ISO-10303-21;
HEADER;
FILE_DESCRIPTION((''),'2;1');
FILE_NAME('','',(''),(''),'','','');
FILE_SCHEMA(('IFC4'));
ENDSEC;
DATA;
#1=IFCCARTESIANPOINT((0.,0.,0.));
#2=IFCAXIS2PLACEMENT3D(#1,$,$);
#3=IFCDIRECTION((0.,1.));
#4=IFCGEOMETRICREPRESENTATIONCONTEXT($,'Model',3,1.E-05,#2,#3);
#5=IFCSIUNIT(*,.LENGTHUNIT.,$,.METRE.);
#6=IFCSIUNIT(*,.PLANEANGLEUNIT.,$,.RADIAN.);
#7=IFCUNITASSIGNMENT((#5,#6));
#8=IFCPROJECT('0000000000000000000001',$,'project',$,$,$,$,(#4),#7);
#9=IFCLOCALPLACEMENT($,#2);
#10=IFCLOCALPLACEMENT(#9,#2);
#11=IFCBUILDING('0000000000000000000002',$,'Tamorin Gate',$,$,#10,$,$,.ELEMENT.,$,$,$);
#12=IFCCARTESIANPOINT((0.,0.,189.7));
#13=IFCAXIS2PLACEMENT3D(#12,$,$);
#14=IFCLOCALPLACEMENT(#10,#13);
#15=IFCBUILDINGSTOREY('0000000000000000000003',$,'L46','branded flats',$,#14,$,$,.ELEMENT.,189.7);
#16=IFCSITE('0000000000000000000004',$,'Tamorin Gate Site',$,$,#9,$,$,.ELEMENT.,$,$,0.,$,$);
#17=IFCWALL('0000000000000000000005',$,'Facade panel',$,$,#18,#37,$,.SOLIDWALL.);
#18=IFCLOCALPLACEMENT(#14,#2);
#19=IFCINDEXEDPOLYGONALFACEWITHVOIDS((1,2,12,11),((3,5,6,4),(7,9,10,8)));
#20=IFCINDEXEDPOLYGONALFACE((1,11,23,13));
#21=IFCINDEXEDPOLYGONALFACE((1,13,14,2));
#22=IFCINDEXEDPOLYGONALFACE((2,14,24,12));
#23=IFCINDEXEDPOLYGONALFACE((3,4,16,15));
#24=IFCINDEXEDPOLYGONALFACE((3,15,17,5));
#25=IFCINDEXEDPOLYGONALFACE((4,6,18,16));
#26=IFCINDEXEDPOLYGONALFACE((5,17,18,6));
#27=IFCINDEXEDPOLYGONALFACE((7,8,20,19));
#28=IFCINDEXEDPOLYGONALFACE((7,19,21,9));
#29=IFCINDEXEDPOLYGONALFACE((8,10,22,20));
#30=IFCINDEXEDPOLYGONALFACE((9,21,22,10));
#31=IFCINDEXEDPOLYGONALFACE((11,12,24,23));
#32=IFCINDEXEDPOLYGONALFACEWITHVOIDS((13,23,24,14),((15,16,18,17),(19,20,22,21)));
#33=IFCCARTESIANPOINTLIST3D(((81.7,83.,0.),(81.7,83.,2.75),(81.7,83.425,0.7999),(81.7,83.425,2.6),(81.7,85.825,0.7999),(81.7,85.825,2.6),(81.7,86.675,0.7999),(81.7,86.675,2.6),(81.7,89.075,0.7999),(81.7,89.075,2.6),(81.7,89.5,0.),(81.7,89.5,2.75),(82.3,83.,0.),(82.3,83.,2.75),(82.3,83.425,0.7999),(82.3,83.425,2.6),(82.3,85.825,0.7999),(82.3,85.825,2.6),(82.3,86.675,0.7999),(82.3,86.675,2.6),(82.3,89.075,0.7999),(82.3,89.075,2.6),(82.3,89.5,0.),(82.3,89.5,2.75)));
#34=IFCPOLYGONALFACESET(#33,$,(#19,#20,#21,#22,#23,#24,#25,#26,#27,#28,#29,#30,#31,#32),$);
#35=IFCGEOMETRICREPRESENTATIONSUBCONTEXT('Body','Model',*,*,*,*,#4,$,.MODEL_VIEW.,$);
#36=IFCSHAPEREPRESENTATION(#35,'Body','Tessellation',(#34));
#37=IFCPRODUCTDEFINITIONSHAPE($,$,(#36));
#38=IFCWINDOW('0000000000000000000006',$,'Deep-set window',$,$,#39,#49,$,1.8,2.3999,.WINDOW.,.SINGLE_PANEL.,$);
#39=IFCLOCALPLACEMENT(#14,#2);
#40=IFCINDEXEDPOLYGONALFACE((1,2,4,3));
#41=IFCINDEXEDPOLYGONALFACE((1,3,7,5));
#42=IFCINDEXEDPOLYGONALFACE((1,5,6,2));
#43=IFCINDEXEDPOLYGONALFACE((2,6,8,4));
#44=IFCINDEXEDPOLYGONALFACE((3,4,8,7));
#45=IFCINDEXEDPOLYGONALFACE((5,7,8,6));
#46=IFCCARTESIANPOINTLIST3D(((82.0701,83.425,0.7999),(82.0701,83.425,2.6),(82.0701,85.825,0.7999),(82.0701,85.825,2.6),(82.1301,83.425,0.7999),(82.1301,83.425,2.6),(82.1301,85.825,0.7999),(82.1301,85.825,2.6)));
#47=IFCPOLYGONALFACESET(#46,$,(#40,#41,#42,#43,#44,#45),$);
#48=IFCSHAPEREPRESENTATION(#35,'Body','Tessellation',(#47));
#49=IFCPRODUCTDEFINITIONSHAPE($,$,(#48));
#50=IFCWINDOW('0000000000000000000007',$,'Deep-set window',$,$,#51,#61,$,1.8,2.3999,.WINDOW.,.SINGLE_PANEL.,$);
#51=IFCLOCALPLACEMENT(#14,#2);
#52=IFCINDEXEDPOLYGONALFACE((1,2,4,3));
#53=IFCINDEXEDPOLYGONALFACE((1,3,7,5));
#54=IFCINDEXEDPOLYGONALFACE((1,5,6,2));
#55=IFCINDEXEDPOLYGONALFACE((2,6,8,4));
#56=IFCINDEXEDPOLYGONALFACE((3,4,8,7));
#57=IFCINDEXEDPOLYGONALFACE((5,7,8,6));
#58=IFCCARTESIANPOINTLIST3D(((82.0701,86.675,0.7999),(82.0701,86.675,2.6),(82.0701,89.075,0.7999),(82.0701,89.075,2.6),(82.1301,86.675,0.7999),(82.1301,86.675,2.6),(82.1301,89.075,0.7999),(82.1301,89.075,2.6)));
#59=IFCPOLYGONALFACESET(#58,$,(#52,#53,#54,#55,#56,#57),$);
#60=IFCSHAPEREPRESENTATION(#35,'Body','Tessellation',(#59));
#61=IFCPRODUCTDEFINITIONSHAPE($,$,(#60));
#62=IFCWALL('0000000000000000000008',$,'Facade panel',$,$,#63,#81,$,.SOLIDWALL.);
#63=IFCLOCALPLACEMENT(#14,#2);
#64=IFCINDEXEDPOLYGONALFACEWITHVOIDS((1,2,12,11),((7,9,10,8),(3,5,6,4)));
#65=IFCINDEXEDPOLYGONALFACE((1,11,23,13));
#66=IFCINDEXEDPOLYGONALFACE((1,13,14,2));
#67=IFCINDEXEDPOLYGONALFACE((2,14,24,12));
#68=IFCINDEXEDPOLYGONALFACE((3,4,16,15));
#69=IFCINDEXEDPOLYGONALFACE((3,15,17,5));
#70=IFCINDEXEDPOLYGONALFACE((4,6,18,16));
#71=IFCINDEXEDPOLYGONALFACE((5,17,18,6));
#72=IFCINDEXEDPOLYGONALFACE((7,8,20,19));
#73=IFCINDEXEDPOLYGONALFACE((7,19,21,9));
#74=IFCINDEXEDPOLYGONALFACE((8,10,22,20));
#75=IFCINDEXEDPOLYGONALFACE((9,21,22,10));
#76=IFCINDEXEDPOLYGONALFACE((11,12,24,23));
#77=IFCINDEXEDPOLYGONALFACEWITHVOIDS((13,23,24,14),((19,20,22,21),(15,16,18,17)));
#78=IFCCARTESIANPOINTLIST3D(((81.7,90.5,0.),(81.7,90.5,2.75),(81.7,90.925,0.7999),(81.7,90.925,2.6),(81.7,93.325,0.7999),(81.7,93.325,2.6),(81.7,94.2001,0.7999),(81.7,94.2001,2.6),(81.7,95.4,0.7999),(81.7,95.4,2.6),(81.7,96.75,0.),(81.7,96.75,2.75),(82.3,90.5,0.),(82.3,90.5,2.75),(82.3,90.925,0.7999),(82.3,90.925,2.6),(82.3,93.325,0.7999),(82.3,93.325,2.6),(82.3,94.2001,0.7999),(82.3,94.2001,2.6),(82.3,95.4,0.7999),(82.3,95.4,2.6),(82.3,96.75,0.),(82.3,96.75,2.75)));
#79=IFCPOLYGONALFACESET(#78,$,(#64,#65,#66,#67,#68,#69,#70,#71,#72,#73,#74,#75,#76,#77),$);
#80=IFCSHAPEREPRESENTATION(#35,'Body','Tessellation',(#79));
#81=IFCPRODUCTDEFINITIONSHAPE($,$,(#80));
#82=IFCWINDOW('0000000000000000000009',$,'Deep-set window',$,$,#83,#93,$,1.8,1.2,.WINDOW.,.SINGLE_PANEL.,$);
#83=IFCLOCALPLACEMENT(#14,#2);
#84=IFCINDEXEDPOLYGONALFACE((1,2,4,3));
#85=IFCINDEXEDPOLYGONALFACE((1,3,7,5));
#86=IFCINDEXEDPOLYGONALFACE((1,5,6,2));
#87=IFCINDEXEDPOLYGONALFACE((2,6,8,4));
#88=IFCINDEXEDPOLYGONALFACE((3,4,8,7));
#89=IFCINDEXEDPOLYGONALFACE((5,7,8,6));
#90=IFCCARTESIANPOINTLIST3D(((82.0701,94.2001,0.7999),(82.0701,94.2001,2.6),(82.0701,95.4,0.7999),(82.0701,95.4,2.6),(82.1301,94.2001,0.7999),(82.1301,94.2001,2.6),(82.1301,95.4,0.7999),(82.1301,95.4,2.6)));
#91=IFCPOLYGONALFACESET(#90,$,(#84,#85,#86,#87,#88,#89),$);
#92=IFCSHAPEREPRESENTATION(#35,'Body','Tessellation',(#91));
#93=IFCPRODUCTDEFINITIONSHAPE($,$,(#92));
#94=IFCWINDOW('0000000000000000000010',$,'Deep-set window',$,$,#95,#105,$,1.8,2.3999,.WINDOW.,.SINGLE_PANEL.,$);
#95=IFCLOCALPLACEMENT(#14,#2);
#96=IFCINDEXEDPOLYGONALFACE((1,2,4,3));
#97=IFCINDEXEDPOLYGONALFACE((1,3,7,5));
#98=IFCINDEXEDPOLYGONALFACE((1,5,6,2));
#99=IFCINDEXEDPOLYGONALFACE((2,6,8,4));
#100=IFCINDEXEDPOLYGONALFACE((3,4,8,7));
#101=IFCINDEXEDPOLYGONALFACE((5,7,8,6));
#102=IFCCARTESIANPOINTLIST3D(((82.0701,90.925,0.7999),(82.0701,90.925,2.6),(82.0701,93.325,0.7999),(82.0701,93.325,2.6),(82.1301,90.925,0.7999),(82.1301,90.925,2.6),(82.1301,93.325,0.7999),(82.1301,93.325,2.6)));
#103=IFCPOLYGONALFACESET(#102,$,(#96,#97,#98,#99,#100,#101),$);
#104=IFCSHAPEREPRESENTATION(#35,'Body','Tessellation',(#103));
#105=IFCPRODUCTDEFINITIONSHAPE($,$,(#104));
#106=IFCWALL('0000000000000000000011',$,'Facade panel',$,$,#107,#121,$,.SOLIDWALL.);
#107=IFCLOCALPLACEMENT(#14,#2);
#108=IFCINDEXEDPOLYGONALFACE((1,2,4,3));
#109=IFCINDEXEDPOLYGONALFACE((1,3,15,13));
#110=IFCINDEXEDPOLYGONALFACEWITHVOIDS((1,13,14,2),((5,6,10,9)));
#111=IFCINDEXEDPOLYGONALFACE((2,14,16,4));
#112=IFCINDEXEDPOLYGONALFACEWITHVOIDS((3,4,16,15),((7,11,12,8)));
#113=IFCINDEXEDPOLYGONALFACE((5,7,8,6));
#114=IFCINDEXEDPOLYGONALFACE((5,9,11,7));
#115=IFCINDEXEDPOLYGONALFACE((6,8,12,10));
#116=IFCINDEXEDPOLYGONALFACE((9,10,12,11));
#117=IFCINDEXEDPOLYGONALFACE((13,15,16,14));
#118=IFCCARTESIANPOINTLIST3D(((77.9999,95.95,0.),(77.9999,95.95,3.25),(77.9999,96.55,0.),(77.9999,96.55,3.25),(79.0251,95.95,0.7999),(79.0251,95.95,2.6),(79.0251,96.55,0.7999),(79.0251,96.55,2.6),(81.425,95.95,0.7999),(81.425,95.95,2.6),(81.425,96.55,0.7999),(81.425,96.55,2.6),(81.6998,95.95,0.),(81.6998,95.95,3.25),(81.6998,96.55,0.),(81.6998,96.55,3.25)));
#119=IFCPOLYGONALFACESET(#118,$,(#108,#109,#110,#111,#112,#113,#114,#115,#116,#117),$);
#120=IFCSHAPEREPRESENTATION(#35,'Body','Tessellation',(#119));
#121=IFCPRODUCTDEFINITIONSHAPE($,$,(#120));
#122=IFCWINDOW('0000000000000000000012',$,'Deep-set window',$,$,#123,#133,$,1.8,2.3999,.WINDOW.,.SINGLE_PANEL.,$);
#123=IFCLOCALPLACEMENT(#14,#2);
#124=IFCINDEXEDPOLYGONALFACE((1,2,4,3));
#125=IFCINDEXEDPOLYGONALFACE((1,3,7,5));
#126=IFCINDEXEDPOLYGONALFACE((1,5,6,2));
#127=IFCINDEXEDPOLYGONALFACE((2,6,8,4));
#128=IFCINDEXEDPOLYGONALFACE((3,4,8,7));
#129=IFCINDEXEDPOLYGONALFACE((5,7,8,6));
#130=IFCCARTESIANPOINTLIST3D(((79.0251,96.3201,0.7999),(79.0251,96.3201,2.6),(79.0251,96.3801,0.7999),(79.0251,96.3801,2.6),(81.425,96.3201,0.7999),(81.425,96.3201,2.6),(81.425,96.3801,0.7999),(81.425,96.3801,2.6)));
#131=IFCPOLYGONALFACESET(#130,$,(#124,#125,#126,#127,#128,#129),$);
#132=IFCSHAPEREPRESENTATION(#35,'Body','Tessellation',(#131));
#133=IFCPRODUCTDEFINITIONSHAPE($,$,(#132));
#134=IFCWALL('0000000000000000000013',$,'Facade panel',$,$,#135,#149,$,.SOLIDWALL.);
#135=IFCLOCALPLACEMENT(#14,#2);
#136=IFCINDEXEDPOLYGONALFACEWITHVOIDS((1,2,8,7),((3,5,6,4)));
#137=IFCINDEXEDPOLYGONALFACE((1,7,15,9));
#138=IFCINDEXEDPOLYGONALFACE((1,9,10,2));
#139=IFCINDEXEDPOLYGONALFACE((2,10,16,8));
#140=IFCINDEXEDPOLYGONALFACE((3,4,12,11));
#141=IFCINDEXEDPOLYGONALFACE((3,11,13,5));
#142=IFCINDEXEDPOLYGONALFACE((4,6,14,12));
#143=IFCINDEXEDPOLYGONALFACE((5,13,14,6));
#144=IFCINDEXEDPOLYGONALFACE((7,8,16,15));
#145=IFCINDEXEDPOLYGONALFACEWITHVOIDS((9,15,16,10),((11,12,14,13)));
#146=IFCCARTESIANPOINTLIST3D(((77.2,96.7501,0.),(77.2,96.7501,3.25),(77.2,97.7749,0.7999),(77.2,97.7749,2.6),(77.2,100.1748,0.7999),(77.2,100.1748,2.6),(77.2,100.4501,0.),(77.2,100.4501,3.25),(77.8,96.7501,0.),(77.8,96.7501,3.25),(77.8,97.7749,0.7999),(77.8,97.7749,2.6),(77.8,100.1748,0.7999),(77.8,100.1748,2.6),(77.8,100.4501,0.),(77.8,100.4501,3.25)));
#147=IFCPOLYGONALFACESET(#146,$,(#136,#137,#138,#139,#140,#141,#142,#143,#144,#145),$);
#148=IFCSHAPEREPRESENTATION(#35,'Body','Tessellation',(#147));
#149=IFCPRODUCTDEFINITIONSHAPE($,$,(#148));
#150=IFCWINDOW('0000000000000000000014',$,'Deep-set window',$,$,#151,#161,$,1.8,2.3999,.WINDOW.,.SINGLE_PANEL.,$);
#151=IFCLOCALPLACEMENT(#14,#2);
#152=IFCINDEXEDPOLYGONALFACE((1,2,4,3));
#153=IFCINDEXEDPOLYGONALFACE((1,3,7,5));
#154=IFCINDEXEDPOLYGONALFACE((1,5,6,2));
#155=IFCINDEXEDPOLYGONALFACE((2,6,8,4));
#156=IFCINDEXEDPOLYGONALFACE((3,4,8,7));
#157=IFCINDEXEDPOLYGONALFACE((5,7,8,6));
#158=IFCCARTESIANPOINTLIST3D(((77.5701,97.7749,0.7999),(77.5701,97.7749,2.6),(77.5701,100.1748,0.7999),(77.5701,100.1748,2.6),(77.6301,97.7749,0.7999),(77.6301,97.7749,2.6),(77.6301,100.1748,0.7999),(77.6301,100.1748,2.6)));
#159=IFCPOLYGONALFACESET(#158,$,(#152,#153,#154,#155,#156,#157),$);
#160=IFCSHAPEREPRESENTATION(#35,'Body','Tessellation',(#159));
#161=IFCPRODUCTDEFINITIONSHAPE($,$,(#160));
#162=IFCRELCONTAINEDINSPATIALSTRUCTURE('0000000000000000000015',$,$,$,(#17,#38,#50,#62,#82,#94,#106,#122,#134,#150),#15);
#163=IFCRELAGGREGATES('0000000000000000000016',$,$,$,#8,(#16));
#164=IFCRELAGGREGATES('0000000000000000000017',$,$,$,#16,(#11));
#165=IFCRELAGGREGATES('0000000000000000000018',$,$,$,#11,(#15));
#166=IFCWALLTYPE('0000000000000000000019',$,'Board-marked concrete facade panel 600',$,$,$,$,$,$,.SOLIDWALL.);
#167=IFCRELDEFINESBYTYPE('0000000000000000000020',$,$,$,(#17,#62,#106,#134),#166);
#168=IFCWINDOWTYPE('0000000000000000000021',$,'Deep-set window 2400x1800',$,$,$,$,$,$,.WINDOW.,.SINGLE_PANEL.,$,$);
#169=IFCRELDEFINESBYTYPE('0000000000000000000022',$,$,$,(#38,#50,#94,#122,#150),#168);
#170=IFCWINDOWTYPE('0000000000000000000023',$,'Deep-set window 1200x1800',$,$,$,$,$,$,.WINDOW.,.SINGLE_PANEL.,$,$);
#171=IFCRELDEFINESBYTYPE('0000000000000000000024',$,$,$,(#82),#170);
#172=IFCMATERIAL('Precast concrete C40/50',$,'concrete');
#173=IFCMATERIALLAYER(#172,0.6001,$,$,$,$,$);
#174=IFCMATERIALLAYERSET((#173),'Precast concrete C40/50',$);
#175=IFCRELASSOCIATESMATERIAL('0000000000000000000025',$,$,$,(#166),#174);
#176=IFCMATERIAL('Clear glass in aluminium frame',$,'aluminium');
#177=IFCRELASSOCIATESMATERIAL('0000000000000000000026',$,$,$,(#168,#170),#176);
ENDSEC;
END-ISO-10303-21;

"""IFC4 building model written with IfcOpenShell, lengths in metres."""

from ifc_helpers import new_model, si_unit, direction, frame, frame_2d, origin, place, context, subcontext, project, spatial, rectangle, extrude, material, layer, layer_set, type_object, element, fill, save


model = new_model("IFC4")

# Units and contexts
model_context = context("Model", 3, precision=1e-05, world=origin(), true_north=direction((0.0, 1.0)))
body_context = subcontext(model_context, "Body", "Model", "MODEL_VIEW")
ifc_project = project(units=[si_unit("LENGTHUNIT", "METRE"), si_unit("PLANEANGLEUNIT", "RADIAN")], contexts=[model_context])

# Site, building, storey
site_placement = place(None, origin())
site = spatial("IfcSite", under=ifc_project, at=site_placement, Name="Tamorin Gate Site", CompositionType="ELEMENT", RefElevation=0.0)
building_placement = place(site_placement, origin())
building = spatial("IfcBuilding", under=site, at=building_placement, Name="Tamorin Gate", CompositionType="ELEMENT")
storey_placement = place(building_placement, frame((0.0, 0.0, 189.7)))
storey = spatial("IfcBuildingStorey", under=building, at=storey_placement, Name="L46", Description="branded flats", CompositionType="ELEMENT", Elevation=189.7)

# Walls, openings, windows
ifc_material_1 = material(Name="Precast concrete C40/50", Category="concrete")
ifc_layer = layer(ifc_material_1, 0.6001)
ifc_layer_set = layer_set([ifc_layer], Name="Precast concrete C40/50")
wall_type = type_object("IfcWallType", Name="Board-marked concrete facade panel 600", PredefinedType="SOLIDWALL", material=ifc_layer_set)
wall_1_placement = place(storey_placement, frame((82.0, 83.0, 0.0), z_axis=(0.0, 0.0, 1.0), x_axis=(0.0, 1.0, 0.0)))
wall_1 = element("IfcWall", 1, at=wall_1_placement, inside=storey, type_object=wall_type, Name="Facade panel", PredefinedType="SOLIDWALL", context=body_context, shape_type="SweptSolid", body=[
    extrude(rectangle(XDim=6.5, YDim=0.6001, at=frame_2d((3.25, 0.0))), origin(), (0.0, 0.0, 1.0), 2.75),
])
opening_1_placement = place(wall_1_placement, frame((0.425, 0.0, 0.8)))
opening_1 = element("IfcOpeningElement", 2, at=opening_1_placement, cuts=wall_1, PredefinedType="OPENING", context=body_context, shape_type="SweptSolid", body=[
    extrude(rectangle(XDim=2.3999, YDim=1.8, at=frame_2d((1.2, 0.8999))), frame((0.0, 0.3101, 0.0), z_axis=(0.0, -1.0, 0.0), x_axis=(1.0, 0.0, 0.0)), (0.0, 0.0, 1.0), 0.6201),
])
opening_2_placement = place(wall_1_placement, frame((3.675, 0.0, 0.8)))
opening_2 = element("IfcOpeningElement", 3, at=opening_2_placement, cuts=wall_1, PredefinedType="OPENING", context=body_context, shape_type="SweptSolid", body=[
    extrude(rectangle(XDim=2.3999, YDim=1.8, at=frame_2d((1.2, 0.8999))), frame((0.0, 0.3101, 0.0), z_axis=(0.0, -1.0, 0.0), x_axis=(1.0, 0.0, 0.0)), (0.0, 0.0, 1.0), 0.6201),
])
ifc_material_2 = material(Name="Clear glass in aluminium frame", Category="aluminium")
window_type_1 = type_object("IfcWindowType", Name="Deep-set window 2400x1800", PartitioningType="SINGLE_PANEL", PredefinedType="WINDOW", material=ifc_material_2)
window_1_placement = place(opening_1_placement, origin())
window_1 = element("IfcWindow", 4, at=window_1_placement, inside=storey, type_object=window_type_1, Name="Deep-set window", OverallHeight=1.8, OverallWidth=2.3999, PartitioningType="SINGLE_PANEL", PredefinedType="WINDOW", context=body_context, shape_type="SweptSolid", body=[
    extrude(rectangle(XDim=2.3999, YDim=1.8, at=frame_2d((1.2, 0.8999))), frame((0.0, -0.0701, 0.0), z_axis=(0.0, -1.0, 0.0), x_axis=(1.0, 0.0, 0.0)), (0.0, 0.0, 1.0), 0.0601),
])
fill(opening_1, window_1)
window_2_placement = place(opening_2_placement, origin())
window_2 = element("IfcWindow", 5, at=window_2_placement, inside=storey, type_object=window_type_1, Name="Deep-set window", OverallHeight=1.8, OverallWidth=2.3999, PartitioningType="SINGLE_PANEL", PredefinedType="WINDOW", context=body_context, shape_type="SweptSolid", body=[
    extrude(rectangle(XDim=2.3999, YDim=1.8, at=frame_2d((1.2, 0.8999))), frame((0.0, -0.0701, 0.0), z_axis=(0.0, -1.0, 0.0), x_axis=(1.0, 0.0, 0.0)), (0.0, 0.0, 1.0), 0.0601),
])
fill(opening_2, window_2)
wall_2_placement = place(storey_placement, frame((82.0, 90.5, 0.0), z_axis=(0.0, 0.0, 1.0), x_axis=(0.0, 1.0, 0.0)))
wall_2 = element("IfcWall", 6, at=wall_2_placement, inside=storey, type_object=wall_type, Name="Facade panel", PredefinedType="SOLIDWALL", context=body_context, shape_type="SweptSolid", body=[
    extrude(rectangle(XDim=6.25, YDim=0.6001, at=frame_2d((3.125, 0.0))), origin(), (0.0, 0.0, 1.0), 2.75),
])
opening_3_placement = place(wall_2_placement, frame((0.425, 0.0, 0.8)))
opening_3 = element("IfcOpeningElement", 7, at=opening_3_placement, cuts=wall_2, PredefinedType="OPENING", context=body_context, shape_type="SweptSolid", body=[
    extrude(rectangle(XDim=2.3999, YDim=1.8, at=frame_2d((1.2, 0.8999))), frame((0.0, 0.3101, 0.0), z_axis=(0.0, -1.0, 0.0), x_axis=(1.0, 0.0, 0.0)), (0.0, 0.0, 1.0), 0.6201),
])
opening_4_placement = place(wall_2_placement, frame((3.7, 0.0, 0.8)))
opening_4 = element("IfcOpeningElement", 8, at=opening_4_placement, cuts=wall_2, PredefinedType="OPENING", context=body_context, shape_type="SweptSolid", body=[
    extrude(rectangle(XDim=1.2, YDim=1.8, at=frame_2d((0.6001, 0.8999))), frame((0.0, 0.3101, 0.0), z_axis=(0.0, -1.0, 0.0), x_axis=(1.0, 0.0, 0.0)), (0.0, 0.0, 1.0), 0.6201),
])
window_type_2 = type_object("IfcWindowType", Name="Deep-set window 1200x1800", PartitioningType="SINGLE_PANEL", PredefinedType="WINDOW", material=ifc_material_2)
window_3_placement = place(opening_4_placement, origin())
window_3 = element("IfcWindow", 9, at=window_3_placement, inside=storey, type_object=window_type_2, Name="Deep-set window", OverallHeight=1.8, OverallWidth=1.2, PartitioningType="SINGLE_PANEL", PredefinedType="WINDOW", context=body_context, shape_type="SweptSolid", body=[
    extrude(rectangle(XDim=1.2, YDim=1.8, at=frame_2d((0.6001, 0.8999))), frame((0.0, -0.0701, 0.0), z_axis=(0.0, -1.0, 0.0), x_axis=(1.0, 0.0, 0.0)), (0.0, 0.0, 1.0), 0.0601),
])
fill(opening_4, window_3)
window_4_placement = place(opening_3_placement, origin())
window_4 = element("IfcWindow", 10, at=window_4_placement, inside=storey, type_object=window_type_1, Name="Deep-set window", OverallHeight=1.8, OverallWidth=2.3999, PartitioningType="SINGLE_PANEL", PredefinedType="WINDOW", context=body_context, shape_type="SweptSolid", body=[
    extrude(rectangle(XDim=2.3999, YDim=1.8, at=frame_2d((1.2, 0.8999))), frame((0.0, -0.0701, 0.0), z_axis=(0.0, -1.0, 0.0), x_axis=(1.0, 0.0, 0.0)), (0.0, 0.0, 1.0), 0.0601),
])
fill(opening_3, window_4)

# Walls, openings, windows
wall_3_placement = place(storey_placement, frame((81.7, 96.25, 0.0), z_axis=(0.0, 0.0, 1.0), x_axis=(-1.0, 0.0, 0.0)))
wall_3 = element("IfcWall", 11, at=wall_3_placement, inside=storey, type_object=wall_type, Name="Facade panel", PredefinedType="SOLIDWALL", context=body_context, shape_type="SweptSolid", body=[
    extrude(rectangle(XDim=3.7, YDim=0.6001, at=frame_2d((1.8501, 0.0))), origin(), (0.0, 0.0, 1.0), 3.25),
])
opening_5_placement = place(wall_3_placement, frame((0.2749, 0.0, 0.8)))
opening_5 = element("IfcOpeningElement", 12, at=opening_5_placement, cuts=wall_3, PredefinedType="OPENING", context=body_context, shape_type="SweptSolid", body=[
    extrude(rectangle(XDim=2.3999, YDim=1.8, at=frame_2d((1.2, 0.8999))), frame((0.0, 0.3101, 0.0), z_axis=(0.0, -1.0, 0.0), x_axis=(1.0, 0.0, 0.0)), (0.0, 0.0, 1.0), 0.6201),
])
window_5_placement = place(opening_5_placement, origin())
window_5 = element("IfcWindow", 13, at=window_5_placement, inside=storey, type_object=window_type_1, Name="Deep-set window", OverallHeight=1.8, OverallWidth=2.3999, PartitioningType="SINGLE_PANEL", PredefinedType="WINDOW", context=body_context, shape_type="SweptSolid", body=[
    extrude(rectangle(XDim=2.3999, YDim=1.8, at=frame_2d((1.2, 0.8999))), frame((0.0, -0.0701, 0.0), z_axis=(0.0, -1.0, 0.0), x_axis=(1.0, 0.0, 0.0)), (0.0, 0.0, 1.0), 0.0601),
])
fill(opening_5, window_5)
wall_4_placement = place(storey_placement, frame((77.5, 96.75, 0.0), z_axis=(0.0, 0.0, 1.0), x_axis=(0.0, 1.0, 0.0)))
wall_4 = element("IfcWall", 14, at=wall_4_placement, inside=storey, type_object=wall_type, Name="Facade panel", PredefinedType="SOLIDWALL", context=body_context, shape_type="SweptSolid", body=[
    extrude(rectangle(XDim=3.7, YDim=0.6001, at=frame_2d((1.8501, 0.0))), origin(), (0.0, 0.0, 1.0), 3.25),
])
opening_6_placement = place(wall_4_placement, frame((1.0249, 0.0, 0.8)))
opening_6 = element("IfcOpeningElement", 15, at=opening_6_placement, cuts=wall_4, PredefinedType="OPENING", context=body_context, shape_type="SweptSolid", body=[
    extrude(rectangle(XDim=2.3999, YDim=1.8, at=frame_2d((1.2, 0.8999))), frame((0.0, 0.3101, 0.0), z_axis=(0.0, -1.0, 0.0), x_axis=(1.0, 0.0, 0.0)), (0.0, 0.0, 1.0), 0.6201),
])
window_6_placement = place(opening_6_placement, origin())
window_6 = element("IfcWindow", 16, at=window_6_placement, inside=storey, type_object=window_type_1, Name="Deep-set window", OverallHeight=1.8, OverallWidth=2.3999, PartitioningType="SINGLE_PANEL", PredefinedType="WINDOW", context=body_context, shape_type="SweptSolid", body=[
    extrude(rectangle(XDim=2.3999, YDim=1.8, at=frame_2d((1.2, 0.8999))), frame((0.0, -0.0701, 0.0), z_axis=(0.0, -1.0, 0.0), x_axis=(1.0, 0.0, 0.0)), (0.0, 0.0, 1.0), 0.0601),
])
fill(opening_6, window_6)

save(model, "model.ifc")
